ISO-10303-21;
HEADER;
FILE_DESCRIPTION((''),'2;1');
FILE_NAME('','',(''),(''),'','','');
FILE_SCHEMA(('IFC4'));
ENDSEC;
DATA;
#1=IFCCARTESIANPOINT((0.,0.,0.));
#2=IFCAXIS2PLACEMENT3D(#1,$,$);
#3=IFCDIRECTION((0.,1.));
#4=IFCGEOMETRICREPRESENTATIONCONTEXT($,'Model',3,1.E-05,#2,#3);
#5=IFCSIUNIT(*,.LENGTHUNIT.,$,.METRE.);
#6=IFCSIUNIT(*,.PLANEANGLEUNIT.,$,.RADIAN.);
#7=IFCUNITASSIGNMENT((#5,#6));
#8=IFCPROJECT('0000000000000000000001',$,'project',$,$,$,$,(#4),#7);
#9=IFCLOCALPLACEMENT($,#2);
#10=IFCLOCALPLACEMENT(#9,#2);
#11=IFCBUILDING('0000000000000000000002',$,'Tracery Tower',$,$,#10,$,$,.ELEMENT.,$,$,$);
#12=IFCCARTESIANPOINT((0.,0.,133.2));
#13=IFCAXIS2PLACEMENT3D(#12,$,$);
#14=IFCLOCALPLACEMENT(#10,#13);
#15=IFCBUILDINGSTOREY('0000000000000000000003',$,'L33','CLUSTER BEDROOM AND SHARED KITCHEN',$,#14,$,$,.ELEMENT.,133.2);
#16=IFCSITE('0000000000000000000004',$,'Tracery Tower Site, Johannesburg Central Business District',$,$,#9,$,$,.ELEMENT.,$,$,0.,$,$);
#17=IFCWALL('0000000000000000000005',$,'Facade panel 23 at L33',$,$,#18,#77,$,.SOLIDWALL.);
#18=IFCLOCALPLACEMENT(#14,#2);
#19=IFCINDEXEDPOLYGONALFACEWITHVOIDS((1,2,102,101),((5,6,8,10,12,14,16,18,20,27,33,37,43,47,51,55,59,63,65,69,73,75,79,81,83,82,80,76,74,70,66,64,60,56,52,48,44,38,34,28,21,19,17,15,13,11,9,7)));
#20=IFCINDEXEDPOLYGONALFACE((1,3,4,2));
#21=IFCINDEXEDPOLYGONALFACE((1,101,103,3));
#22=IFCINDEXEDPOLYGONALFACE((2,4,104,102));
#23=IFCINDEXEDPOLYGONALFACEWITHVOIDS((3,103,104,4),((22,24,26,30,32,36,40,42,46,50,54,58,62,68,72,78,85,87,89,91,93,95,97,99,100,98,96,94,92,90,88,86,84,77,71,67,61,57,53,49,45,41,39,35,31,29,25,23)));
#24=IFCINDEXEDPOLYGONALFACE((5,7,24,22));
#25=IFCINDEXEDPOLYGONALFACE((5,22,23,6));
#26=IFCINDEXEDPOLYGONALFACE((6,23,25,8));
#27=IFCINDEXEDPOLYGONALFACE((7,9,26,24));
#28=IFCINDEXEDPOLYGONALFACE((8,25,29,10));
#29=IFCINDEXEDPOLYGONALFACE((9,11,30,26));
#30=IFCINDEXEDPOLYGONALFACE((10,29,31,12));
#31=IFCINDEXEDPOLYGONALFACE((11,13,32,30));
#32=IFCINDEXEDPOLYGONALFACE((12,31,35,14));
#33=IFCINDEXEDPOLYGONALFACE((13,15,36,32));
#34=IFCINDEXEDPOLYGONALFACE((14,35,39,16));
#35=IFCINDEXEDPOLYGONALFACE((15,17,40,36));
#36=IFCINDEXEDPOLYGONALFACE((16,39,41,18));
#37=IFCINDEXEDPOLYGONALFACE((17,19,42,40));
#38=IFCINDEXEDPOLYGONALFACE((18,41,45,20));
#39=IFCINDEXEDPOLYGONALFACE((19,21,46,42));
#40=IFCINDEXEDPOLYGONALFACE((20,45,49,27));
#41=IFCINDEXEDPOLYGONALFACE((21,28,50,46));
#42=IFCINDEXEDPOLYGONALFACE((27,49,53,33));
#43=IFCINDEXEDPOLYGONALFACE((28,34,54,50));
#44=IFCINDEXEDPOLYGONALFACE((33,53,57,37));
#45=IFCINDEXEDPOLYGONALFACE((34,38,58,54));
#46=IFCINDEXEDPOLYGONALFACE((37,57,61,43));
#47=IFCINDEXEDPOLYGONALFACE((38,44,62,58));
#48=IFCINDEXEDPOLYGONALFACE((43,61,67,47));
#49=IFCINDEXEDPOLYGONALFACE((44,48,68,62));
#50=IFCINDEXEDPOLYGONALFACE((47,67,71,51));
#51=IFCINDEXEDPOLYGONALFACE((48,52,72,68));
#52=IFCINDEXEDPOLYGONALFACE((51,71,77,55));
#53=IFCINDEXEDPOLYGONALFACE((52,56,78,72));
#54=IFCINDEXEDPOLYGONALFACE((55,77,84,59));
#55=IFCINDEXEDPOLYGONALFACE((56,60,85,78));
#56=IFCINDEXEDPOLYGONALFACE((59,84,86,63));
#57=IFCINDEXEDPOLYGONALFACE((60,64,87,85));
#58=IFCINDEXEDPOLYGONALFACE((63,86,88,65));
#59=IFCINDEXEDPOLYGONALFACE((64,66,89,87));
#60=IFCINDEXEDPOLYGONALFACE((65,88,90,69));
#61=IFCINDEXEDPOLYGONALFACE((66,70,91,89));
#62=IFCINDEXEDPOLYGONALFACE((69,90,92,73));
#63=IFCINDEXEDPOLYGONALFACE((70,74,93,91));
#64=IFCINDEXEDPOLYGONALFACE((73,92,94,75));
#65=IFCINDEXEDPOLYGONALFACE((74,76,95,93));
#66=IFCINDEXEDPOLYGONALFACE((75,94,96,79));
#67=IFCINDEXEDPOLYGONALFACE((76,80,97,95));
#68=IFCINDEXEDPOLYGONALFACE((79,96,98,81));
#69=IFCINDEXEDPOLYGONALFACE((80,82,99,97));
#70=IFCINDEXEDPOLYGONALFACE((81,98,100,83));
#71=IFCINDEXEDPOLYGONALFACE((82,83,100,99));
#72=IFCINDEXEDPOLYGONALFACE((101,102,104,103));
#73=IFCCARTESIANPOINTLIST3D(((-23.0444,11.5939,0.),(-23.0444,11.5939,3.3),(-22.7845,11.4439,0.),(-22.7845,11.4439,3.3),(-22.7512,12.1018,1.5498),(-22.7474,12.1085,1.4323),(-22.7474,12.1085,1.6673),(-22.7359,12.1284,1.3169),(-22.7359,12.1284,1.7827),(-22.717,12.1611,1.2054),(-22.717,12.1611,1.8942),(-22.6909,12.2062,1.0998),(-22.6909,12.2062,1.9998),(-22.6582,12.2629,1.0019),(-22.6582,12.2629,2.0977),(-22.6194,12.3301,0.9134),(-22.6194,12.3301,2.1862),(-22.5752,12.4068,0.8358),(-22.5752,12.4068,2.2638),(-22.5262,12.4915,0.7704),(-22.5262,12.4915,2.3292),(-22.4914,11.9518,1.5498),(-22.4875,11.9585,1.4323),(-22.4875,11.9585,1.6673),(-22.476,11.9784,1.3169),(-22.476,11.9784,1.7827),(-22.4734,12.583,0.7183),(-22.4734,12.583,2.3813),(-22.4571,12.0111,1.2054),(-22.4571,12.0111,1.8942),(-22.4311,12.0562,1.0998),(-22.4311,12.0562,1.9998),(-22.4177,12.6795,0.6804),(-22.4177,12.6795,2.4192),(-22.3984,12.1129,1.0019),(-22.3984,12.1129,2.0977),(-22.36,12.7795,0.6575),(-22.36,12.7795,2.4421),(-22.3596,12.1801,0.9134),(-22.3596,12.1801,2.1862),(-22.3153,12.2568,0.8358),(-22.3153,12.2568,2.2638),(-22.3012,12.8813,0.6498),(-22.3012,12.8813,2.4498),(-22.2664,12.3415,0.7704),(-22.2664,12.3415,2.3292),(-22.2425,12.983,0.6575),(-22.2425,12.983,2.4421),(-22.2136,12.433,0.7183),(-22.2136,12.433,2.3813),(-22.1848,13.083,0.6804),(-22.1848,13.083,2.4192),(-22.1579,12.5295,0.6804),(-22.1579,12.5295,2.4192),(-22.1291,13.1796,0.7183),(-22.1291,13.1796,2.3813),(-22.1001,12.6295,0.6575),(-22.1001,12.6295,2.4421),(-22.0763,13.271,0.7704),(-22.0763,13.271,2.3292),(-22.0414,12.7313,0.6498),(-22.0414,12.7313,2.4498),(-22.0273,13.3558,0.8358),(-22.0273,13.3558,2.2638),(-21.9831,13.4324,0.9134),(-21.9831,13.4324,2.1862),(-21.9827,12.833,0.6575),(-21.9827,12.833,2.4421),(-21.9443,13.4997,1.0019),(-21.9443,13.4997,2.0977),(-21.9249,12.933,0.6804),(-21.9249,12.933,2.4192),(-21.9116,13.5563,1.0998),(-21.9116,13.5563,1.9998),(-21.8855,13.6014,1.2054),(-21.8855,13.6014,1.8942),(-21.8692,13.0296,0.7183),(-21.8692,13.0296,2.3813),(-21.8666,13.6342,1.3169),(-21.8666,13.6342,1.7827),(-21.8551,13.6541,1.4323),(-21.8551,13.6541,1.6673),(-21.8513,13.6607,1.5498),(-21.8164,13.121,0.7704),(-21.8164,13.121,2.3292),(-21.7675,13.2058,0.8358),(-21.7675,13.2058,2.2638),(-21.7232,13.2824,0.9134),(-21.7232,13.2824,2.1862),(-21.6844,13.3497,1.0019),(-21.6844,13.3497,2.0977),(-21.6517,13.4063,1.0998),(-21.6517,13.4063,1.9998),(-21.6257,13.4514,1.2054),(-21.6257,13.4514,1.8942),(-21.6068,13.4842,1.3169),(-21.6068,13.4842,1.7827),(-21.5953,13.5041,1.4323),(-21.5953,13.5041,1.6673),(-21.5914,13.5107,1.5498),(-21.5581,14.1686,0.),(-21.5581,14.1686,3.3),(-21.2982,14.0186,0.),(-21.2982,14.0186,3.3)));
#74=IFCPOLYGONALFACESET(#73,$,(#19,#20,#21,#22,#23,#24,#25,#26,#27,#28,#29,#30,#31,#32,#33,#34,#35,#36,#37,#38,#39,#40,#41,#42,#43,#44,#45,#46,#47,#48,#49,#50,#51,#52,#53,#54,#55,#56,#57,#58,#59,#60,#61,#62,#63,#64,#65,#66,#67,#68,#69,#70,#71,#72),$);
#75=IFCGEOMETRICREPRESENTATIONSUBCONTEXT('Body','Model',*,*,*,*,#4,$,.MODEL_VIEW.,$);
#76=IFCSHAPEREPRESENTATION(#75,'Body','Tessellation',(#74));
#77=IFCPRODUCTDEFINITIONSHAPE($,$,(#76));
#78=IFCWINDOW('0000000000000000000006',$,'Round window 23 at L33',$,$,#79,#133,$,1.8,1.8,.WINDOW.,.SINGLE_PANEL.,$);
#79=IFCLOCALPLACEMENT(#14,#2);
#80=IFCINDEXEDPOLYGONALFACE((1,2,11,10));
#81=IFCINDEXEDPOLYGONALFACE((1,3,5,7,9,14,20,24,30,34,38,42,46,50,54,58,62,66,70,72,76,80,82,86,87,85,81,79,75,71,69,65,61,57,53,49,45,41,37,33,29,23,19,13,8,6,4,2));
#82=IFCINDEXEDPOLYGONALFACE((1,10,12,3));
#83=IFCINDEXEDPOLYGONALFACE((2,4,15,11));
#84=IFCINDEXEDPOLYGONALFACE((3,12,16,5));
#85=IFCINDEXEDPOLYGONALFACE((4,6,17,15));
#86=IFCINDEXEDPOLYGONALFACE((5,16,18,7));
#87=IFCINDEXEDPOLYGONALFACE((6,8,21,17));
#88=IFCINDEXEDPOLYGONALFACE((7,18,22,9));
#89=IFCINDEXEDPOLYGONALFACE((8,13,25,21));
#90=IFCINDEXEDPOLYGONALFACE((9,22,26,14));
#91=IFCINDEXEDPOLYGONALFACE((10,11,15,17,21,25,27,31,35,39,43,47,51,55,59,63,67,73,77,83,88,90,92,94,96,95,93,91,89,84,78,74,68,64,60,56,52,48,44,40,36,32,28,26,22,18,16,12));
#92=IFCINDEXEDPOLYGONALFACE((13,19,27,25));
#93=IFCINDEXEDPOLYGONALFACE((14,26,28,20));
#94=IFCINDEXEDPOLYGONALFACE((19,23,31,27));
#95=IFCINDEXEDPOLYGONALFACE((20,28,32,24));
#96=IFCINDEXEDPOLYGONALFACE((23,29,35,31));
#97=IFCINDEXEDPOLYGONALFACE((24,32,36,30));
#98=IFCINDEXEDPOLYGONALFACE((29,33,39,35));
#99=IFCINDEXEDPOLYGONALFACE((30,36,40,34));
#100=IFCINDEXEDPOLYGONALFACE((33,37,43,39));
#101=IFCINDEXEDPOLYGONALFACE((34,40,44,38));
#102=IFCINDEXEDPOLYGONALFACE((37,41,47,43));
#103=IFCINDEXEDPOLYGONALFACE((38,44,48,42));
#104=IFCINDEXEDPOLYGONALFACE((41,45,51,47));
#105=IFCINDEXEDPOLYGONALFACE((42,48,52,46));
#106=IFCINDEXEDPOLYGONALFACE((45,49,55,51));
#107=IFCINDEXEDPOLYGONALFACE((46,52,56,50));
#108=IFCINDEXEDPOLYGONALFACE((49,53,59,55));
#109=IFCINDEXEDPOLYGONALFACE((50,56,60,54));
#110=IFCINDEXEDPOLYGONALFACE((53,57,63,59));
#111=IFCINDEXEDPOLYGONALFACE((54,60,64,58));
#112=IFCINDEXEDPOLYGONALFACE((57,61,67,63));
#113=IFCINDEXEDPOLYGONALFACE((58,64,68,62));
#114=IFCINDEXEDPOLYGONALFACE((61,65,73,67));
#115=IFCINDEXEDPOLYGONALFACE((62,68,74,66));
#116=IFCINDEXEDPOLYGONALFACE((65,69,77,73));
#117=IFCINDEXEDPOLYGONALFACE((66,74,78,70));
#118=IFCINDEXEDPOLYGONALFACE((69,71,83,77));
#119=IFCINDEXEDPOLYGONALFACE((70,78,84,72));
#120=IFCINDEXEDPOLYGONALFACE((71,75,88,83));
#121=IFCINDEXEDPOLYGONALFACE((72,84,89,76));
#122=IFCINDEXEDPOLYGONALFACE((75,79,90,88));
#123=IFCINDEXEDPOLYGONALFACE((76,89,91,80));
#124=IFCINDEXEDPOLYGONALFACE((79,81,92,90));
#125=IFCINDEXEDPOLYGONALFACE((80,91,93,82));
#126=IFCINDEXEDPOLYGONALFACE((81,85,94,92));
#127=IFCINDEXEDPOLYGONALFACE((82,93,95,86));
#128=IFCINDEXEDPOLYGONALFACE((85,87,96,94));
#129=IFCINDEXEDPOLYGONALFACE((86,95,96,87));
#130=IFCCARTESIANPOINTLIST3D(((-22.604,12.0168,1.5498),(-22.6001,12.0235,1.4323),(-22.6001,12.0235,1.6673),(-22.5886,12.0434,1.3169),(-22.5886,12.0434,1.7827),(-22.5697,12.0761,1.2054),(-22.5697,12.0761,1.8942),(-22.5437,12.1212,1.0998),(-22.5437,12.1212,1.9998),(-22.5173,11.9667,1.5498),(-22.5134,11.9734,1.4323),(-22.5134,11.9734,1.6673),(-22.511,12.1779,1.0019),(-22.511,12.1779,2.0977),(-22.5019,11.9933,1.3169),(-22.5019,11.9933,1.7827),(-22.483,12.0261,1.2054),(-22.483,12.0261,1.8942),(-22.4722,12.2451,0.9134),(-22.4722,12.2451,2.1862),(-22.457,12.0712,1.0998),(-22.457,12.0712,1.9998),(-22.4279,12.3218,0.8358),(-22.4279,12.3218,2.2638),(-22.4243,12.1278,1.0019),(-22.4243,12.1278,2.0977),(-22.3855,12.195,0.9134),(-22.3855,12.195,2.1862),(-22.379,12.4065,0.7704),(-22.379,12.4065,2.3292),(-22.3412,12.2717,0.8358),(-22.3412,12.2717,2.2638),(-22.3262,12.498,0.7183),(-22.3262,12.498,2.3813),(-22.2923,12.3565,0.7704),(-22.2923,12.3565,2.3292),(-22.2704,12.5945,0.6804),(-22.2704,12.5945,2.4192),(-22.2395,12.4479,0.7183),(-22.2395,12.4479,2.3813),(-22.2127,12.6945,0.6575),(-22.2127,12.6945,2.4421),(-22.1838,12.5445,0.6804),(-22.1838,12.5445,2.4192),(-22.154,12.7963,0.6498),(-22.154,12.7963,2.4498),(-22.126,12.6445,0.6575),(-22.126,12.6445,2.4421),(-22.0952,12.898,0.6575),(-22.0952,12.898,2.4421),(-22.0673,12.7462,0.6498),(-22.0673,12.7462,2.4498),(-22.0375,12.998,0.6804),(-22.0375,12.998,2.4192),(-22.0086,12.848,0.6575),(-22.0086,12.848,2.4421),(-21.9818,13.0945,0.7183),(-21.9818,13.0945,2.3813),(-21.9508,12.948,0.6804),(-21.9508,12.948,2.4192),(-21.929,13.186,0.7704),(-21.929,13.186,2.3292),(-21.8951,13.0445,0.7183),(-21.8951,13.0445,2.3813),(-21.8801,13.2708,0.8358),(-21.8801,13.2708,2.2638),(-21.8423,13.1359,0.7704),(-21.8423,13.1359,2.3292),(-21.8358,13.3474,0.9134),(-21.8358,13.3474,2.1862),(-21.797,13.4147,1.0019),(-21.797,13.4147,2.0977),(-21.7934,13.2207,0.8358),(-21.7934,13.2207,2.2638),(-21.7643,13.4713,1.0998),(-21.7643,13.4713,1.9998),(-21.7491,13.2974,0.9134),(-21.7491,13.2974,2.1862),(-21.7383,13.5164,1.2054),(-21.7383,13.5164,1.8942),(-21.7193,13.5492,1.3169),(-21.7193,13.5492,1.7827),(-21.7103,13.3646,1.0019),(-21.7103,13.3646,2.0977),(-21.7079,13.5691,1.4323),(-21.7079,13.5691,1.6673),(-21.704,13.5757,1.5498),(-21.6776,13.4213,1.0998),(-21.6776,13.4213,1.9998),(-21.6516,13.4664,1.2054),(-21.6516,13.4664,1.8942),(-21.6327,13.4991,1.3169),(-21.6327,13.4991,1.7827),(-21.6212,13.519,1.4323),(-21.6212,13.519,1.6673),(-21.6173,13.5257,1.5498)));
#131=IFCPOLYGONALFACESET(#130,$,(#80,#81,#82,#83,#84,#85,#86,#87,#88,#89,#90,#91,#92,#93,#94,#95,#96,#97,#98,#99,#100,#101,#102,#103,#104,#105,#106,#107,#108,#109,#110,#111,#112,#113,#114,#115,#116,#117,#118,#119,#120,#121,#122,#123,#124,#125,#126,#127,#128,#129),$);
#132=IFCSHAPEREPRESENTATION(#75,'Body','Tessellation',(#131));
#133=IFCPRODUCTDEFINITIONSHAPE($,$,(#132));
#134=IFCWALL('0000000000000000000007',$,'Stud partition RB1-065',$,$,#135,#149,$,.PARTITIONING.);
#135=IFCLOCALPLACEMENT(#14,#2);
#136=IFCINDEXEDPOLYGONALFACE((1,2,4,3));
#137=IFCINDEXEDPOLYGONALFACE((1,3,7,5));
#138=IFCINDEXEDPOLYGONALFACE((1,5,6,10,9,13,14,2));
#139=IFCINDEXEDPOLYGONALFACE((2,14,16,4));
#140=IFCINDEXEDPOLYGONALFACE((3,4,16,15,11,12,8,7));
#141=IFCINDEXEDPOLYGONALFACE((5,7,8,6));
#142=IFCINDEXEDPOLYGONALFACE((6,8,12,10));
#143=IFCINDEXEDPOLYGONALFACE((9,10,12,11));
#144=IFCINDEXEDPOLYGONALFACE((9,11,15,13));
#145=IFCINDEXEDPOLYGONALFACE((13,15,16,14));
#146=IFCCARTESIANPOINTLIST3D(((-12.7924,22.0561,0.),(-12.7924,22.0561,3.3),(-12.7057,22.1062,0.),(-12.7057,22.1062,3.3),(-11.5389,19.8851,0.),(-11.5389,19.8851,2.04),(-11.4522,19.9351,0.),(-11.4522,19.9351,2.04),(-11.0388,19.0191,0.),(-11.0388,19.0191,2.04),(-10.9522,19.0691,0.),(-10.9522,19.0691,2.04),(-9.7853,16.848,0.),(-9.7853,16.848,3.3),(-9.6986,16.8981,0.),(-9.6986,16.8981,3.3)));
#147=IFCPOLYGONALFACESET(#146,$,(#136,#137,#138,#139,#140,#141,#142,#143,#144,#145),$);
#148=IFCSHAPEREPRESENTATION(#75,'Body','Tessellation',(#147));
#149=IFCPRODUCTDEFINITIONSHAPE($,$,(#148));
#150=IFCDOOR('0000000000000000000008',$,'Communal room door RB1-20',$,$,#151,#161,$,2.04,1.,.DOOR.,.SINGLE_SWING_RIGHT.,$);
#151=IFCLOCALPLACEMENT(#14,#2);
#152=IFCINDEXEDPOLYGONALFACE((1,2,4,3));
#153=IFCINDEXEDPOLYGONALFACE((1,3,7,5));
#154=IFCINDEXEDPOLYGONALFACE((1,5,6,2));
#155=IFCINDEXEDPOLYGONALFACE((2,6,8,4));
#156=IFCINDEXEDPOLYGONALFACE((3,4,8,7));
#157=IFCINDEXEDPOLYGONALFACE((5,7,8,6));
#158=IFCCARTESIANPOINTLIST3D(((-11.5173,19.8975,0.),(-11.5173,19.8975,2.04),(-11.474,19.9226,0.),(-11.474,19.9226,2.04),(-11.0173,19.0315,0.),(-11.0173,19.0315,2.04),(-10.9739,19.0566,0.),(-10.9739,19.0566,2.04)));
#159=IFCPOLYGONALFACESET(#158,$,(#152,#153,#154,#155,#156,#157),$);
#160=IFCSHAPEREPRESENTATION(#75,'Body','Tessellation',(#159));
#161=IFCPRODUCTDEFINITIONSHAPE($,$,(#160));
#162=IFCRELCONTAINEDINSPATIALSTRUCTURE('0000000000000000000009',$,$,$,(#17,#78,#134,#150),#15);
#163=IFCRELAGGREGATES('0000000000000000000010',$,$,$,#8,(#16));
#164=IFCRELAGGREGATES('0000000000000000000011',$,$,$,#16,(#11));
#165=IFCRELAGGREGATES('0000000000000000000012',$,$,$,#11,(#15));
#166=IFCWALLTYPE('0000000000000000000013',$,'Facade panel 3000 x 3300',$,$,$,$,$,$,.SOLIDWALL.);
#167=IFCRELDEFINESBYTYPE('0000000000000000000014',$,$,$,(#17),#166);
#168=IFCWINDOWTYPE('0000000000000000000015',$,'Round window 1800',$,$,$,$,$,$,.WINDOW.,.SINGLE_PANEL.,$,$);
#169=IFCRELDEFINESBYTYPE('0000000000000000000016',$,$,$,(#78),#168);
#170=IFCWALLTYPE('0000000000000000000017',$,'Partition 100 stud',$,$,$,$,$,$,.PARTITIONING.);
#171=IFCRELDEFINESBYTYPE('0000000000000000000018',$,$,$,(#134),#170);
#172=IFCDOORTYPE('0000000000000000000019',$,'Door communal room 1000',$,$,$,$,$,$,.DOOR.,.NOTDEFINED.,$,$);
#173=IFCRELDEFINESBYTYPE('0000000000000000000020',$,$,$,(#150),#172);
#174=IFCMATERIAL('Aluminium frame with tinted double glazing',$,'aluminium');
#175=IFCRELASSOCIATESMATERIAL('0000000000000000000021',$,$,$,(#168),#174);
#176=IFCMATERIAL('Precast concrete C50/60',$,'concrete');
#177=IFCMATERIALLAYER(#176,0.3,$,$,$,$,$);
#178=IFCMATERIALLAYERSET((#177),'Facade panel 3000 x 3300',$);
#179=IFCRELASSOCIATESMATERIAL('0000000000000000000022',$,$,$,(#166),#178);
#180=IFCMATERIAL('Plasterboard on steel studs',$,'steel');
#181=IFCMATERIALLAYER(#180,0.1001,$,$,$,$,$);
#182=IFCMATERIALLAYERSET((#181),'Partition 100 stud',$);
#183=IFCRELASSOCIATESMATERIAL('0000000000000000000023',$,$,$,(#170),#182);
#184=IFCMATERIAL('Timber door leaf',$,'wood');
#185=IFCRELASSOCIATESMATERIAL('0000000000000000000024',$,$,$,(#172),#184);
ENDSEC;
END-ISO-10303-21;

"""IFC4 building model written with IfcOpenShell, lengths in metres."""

from ifc_helpers import new_model, si_unit, direction, frame, frame_2d, origin, origin_2d, place, context, subcontext, project, spatial, rectangle, circle, extrude, material, layer, layer_set, type_object, element, fill, save


model = new_model("IFC4")

# Units and contexts
model_context = context("Model", 3, precision=1e-05, world=origin(), true_north=direction((0.0, 1.0)))
body_context = subcontext(model_context, "Body", "Model", "MODEL_VIEW")
ifc_project = project(units=[si_unit("LENGTHUNIT", "METRE"), si_unit("PLANEANGLEUNIT", "RADIAN")], contexts=[model_context])

# Site, building, storey
site_placement = place(None, origin())
site = spatial("IfcSite", under=ifc_project, at=site_placement, Name="Tracery Tower Site, Johannesburg Central Business District", CompositionType="ELEMENT", RefElevation=0.0)
building_placement = place(site_placement, origin())
building = spatial("IfcBuilding", under=site, at=building_placement, Name="Tracery Tower", CompositionType="ELEMENT")
storey_placement = place(building_placement, frame((0.0, 0.0, 133.2)))
storey = spatial("IfcBuildingStorey", under=building, at=storey_placement, Name="L33", Description="CLUSTER BEDROOM AND SHARED KITCHEN", CompositionType="ELEMENT", Elevation=133.2)

# Wall, opening, window
ifc_material_1 = material(Name="Aluminium frame with tinted double glazing", Category="aluminium")
window_type = type_object("IfcWindowType", Name="Round window 1800", PartitioningType="SINGLE_PANEL", PredefinedType="WINDOW", material=ifc_material_1)
ifc_material_2 = material(Name="Precast concrete C50/60", Category="concrete")
ifc_layer_1 = layer(ifc_material_2, 0.3)
ifc_layer_set_1 = layer_set([ifc_layer_1], Name="Facade panel 3000 x 3300")
wall_type_1 = type_object("IfcWallType", Name="Facade panel 3000 x 3300", PredefinedType="SOLIDWALL", material=ifc_layer_set_1)
wall_1_placement = place(storey_placement, frame((-21.4282, 14.0935, 0.0), z_axis=(0.0, 0.0, 1.0), x_axis=(-0.499955, -0.866052, 0.0)))
wall_1 = element("IfcWall", 1, at=wall_1_placement, inside=storey, type_object=wall_type_1, Name="Facade panel 23 at L33", PredefinedType="SOLIDWALL", context=body_context, shape_type="SweptSolid", body=[
    extrude(rectangle(XDim=2.9729, YDim=0.3, at=frame_2d((1.4863, 0.0))), origin(), (0.0, 0.0, 1.0), 3.3),
])
opening_1_placement = place(wall_1_placement, frame((1.4863, 0.0, 1.5498)))
opening_1 = element("IfcOpeningElement", 2, at=opening_1_placement, cuts=wall_1, PredefinedType="OPENING", context=body_context, shape_type="SweptSolid", body=[
    extrude(circle(Radius=0.9, at=origin_2d()), frame((0.0, 0.1599, 0.0), z_axis=(0.0, -1.0, 0.0), x_axis=(1.0, 0.0, 0.0)), (0.0, 0.0, 1.0), 0.3201),
])
window_1_placement = place(opening_1_placement, origin())
window_1 = element("IfcWindow", 3, at=window_1_placement, inside=storey, type_object=window_type, Name="Round window 23 at L33", OverallHeight=1.8, OverallWidth=1.8, PartitioningType="SINGLE_PANEL", PredefinedType="WINDOW", context=body_context, shape_type="SweptSolid", body=[
    extrude(circle(Radius=0.9, at=origin_2d()), frame((0.0, 0.1201, 0.0), z_axis=(0.0, -1.0, 0.0), x_axis=(1.0, 0.0, 0.0)), (0.0, 0.0, 1.0), 0.1001),
])
fill(opening_1, window_1)

# Wall, opening, door
ifc_material_3 = material(Name="Plasterboard on steel studs", Category="steel")
ifc_layer_2 = layer(ifc_material_3, 0.1001)
ifc_layer_set_2 = layer_set([ifc_layer_2], Name="Partition 100 stud")
wall_type_2 = type_object("IfcWallType", Name="Partition 100 stud", PredefinedType="PARTITIONING", material=ifc_layer_set_2)
wall_2_placement = place(storey_placement, frame((-12.749, 22.0811, 0.0), z_axis=(0.0, 0.0, 1.0), x_axis=(0.500029, -0.866008, 0.0)))
wall_2 = element("IfcWall", 4, at=wall_2_placement, inside=storey, type_object=wall_type_2, Name="Stud partition RB1-065", PredefinedType="PARTITIONING", context=body_context, shape_type="SweptSolid", body=[
    extrude(rectangle(XDim=6.0139, YDim=0.1001, at=frame_2d((3.0068, 0.0))), origin(), (0.0, 0.0, 1.0), 3.3),
])
opening_2_placement = place(wall_2_placement, frame((2.5068, 0.0, 0.0)))
opening_2 = element("IfcOpeningElement", 5, at=opening_2_placement, cuts=wall_2, PredefinedType="OPENING", context=body_context, shape_type="SweptSolid", body=[
    extrude(rectangle(XDim=1.0, YDim=2.04, at=frame_2d((0.5, 1.02))), frame((0.0, 0.05, 0.0), z_axis=(0.0, -1.0, 0.0), x_axis=(1.0, 0.0, 0.0)), (0.0, 0.0, 1.0), 0.1001),
])
ifc_material_4 = material(Name="Timber door leaf", Category="wood")
door_type_1 = type_object("IfcDoorType", Name="Door communal room 1000", OperationType="NOTDEFINED", PredefinedType="DOOR", material=ifc_material_4)
door_1_placement = place(opening_2_placement, origin())
door_1 = element("IfcDoor", 6, at=door_1_placement, inside=storey, type_object=door_type_1, Name="Communal room door RB1-20", OperationType="SINGLE_SWING_RIGHT", OverallHeight=2.04, OverallWidth=1.0, PredefinedType="DOOR", context=body_context, shape_type="SweptSolid", body=[
    extrude(rectangle(XDim=1.0, YDim=2.04, at=frame_2d((0.5, 1.02))), frame((0.0, 0.0249, 0.0), z_axis=(0.0, -1.0, 0.0), x_axis=(1.0, 0.0, 0.0)), (0.0, 0.0, 1.0), 0.05),
])
fill(opening_2, door_1)

save(model, "model.ifc")
